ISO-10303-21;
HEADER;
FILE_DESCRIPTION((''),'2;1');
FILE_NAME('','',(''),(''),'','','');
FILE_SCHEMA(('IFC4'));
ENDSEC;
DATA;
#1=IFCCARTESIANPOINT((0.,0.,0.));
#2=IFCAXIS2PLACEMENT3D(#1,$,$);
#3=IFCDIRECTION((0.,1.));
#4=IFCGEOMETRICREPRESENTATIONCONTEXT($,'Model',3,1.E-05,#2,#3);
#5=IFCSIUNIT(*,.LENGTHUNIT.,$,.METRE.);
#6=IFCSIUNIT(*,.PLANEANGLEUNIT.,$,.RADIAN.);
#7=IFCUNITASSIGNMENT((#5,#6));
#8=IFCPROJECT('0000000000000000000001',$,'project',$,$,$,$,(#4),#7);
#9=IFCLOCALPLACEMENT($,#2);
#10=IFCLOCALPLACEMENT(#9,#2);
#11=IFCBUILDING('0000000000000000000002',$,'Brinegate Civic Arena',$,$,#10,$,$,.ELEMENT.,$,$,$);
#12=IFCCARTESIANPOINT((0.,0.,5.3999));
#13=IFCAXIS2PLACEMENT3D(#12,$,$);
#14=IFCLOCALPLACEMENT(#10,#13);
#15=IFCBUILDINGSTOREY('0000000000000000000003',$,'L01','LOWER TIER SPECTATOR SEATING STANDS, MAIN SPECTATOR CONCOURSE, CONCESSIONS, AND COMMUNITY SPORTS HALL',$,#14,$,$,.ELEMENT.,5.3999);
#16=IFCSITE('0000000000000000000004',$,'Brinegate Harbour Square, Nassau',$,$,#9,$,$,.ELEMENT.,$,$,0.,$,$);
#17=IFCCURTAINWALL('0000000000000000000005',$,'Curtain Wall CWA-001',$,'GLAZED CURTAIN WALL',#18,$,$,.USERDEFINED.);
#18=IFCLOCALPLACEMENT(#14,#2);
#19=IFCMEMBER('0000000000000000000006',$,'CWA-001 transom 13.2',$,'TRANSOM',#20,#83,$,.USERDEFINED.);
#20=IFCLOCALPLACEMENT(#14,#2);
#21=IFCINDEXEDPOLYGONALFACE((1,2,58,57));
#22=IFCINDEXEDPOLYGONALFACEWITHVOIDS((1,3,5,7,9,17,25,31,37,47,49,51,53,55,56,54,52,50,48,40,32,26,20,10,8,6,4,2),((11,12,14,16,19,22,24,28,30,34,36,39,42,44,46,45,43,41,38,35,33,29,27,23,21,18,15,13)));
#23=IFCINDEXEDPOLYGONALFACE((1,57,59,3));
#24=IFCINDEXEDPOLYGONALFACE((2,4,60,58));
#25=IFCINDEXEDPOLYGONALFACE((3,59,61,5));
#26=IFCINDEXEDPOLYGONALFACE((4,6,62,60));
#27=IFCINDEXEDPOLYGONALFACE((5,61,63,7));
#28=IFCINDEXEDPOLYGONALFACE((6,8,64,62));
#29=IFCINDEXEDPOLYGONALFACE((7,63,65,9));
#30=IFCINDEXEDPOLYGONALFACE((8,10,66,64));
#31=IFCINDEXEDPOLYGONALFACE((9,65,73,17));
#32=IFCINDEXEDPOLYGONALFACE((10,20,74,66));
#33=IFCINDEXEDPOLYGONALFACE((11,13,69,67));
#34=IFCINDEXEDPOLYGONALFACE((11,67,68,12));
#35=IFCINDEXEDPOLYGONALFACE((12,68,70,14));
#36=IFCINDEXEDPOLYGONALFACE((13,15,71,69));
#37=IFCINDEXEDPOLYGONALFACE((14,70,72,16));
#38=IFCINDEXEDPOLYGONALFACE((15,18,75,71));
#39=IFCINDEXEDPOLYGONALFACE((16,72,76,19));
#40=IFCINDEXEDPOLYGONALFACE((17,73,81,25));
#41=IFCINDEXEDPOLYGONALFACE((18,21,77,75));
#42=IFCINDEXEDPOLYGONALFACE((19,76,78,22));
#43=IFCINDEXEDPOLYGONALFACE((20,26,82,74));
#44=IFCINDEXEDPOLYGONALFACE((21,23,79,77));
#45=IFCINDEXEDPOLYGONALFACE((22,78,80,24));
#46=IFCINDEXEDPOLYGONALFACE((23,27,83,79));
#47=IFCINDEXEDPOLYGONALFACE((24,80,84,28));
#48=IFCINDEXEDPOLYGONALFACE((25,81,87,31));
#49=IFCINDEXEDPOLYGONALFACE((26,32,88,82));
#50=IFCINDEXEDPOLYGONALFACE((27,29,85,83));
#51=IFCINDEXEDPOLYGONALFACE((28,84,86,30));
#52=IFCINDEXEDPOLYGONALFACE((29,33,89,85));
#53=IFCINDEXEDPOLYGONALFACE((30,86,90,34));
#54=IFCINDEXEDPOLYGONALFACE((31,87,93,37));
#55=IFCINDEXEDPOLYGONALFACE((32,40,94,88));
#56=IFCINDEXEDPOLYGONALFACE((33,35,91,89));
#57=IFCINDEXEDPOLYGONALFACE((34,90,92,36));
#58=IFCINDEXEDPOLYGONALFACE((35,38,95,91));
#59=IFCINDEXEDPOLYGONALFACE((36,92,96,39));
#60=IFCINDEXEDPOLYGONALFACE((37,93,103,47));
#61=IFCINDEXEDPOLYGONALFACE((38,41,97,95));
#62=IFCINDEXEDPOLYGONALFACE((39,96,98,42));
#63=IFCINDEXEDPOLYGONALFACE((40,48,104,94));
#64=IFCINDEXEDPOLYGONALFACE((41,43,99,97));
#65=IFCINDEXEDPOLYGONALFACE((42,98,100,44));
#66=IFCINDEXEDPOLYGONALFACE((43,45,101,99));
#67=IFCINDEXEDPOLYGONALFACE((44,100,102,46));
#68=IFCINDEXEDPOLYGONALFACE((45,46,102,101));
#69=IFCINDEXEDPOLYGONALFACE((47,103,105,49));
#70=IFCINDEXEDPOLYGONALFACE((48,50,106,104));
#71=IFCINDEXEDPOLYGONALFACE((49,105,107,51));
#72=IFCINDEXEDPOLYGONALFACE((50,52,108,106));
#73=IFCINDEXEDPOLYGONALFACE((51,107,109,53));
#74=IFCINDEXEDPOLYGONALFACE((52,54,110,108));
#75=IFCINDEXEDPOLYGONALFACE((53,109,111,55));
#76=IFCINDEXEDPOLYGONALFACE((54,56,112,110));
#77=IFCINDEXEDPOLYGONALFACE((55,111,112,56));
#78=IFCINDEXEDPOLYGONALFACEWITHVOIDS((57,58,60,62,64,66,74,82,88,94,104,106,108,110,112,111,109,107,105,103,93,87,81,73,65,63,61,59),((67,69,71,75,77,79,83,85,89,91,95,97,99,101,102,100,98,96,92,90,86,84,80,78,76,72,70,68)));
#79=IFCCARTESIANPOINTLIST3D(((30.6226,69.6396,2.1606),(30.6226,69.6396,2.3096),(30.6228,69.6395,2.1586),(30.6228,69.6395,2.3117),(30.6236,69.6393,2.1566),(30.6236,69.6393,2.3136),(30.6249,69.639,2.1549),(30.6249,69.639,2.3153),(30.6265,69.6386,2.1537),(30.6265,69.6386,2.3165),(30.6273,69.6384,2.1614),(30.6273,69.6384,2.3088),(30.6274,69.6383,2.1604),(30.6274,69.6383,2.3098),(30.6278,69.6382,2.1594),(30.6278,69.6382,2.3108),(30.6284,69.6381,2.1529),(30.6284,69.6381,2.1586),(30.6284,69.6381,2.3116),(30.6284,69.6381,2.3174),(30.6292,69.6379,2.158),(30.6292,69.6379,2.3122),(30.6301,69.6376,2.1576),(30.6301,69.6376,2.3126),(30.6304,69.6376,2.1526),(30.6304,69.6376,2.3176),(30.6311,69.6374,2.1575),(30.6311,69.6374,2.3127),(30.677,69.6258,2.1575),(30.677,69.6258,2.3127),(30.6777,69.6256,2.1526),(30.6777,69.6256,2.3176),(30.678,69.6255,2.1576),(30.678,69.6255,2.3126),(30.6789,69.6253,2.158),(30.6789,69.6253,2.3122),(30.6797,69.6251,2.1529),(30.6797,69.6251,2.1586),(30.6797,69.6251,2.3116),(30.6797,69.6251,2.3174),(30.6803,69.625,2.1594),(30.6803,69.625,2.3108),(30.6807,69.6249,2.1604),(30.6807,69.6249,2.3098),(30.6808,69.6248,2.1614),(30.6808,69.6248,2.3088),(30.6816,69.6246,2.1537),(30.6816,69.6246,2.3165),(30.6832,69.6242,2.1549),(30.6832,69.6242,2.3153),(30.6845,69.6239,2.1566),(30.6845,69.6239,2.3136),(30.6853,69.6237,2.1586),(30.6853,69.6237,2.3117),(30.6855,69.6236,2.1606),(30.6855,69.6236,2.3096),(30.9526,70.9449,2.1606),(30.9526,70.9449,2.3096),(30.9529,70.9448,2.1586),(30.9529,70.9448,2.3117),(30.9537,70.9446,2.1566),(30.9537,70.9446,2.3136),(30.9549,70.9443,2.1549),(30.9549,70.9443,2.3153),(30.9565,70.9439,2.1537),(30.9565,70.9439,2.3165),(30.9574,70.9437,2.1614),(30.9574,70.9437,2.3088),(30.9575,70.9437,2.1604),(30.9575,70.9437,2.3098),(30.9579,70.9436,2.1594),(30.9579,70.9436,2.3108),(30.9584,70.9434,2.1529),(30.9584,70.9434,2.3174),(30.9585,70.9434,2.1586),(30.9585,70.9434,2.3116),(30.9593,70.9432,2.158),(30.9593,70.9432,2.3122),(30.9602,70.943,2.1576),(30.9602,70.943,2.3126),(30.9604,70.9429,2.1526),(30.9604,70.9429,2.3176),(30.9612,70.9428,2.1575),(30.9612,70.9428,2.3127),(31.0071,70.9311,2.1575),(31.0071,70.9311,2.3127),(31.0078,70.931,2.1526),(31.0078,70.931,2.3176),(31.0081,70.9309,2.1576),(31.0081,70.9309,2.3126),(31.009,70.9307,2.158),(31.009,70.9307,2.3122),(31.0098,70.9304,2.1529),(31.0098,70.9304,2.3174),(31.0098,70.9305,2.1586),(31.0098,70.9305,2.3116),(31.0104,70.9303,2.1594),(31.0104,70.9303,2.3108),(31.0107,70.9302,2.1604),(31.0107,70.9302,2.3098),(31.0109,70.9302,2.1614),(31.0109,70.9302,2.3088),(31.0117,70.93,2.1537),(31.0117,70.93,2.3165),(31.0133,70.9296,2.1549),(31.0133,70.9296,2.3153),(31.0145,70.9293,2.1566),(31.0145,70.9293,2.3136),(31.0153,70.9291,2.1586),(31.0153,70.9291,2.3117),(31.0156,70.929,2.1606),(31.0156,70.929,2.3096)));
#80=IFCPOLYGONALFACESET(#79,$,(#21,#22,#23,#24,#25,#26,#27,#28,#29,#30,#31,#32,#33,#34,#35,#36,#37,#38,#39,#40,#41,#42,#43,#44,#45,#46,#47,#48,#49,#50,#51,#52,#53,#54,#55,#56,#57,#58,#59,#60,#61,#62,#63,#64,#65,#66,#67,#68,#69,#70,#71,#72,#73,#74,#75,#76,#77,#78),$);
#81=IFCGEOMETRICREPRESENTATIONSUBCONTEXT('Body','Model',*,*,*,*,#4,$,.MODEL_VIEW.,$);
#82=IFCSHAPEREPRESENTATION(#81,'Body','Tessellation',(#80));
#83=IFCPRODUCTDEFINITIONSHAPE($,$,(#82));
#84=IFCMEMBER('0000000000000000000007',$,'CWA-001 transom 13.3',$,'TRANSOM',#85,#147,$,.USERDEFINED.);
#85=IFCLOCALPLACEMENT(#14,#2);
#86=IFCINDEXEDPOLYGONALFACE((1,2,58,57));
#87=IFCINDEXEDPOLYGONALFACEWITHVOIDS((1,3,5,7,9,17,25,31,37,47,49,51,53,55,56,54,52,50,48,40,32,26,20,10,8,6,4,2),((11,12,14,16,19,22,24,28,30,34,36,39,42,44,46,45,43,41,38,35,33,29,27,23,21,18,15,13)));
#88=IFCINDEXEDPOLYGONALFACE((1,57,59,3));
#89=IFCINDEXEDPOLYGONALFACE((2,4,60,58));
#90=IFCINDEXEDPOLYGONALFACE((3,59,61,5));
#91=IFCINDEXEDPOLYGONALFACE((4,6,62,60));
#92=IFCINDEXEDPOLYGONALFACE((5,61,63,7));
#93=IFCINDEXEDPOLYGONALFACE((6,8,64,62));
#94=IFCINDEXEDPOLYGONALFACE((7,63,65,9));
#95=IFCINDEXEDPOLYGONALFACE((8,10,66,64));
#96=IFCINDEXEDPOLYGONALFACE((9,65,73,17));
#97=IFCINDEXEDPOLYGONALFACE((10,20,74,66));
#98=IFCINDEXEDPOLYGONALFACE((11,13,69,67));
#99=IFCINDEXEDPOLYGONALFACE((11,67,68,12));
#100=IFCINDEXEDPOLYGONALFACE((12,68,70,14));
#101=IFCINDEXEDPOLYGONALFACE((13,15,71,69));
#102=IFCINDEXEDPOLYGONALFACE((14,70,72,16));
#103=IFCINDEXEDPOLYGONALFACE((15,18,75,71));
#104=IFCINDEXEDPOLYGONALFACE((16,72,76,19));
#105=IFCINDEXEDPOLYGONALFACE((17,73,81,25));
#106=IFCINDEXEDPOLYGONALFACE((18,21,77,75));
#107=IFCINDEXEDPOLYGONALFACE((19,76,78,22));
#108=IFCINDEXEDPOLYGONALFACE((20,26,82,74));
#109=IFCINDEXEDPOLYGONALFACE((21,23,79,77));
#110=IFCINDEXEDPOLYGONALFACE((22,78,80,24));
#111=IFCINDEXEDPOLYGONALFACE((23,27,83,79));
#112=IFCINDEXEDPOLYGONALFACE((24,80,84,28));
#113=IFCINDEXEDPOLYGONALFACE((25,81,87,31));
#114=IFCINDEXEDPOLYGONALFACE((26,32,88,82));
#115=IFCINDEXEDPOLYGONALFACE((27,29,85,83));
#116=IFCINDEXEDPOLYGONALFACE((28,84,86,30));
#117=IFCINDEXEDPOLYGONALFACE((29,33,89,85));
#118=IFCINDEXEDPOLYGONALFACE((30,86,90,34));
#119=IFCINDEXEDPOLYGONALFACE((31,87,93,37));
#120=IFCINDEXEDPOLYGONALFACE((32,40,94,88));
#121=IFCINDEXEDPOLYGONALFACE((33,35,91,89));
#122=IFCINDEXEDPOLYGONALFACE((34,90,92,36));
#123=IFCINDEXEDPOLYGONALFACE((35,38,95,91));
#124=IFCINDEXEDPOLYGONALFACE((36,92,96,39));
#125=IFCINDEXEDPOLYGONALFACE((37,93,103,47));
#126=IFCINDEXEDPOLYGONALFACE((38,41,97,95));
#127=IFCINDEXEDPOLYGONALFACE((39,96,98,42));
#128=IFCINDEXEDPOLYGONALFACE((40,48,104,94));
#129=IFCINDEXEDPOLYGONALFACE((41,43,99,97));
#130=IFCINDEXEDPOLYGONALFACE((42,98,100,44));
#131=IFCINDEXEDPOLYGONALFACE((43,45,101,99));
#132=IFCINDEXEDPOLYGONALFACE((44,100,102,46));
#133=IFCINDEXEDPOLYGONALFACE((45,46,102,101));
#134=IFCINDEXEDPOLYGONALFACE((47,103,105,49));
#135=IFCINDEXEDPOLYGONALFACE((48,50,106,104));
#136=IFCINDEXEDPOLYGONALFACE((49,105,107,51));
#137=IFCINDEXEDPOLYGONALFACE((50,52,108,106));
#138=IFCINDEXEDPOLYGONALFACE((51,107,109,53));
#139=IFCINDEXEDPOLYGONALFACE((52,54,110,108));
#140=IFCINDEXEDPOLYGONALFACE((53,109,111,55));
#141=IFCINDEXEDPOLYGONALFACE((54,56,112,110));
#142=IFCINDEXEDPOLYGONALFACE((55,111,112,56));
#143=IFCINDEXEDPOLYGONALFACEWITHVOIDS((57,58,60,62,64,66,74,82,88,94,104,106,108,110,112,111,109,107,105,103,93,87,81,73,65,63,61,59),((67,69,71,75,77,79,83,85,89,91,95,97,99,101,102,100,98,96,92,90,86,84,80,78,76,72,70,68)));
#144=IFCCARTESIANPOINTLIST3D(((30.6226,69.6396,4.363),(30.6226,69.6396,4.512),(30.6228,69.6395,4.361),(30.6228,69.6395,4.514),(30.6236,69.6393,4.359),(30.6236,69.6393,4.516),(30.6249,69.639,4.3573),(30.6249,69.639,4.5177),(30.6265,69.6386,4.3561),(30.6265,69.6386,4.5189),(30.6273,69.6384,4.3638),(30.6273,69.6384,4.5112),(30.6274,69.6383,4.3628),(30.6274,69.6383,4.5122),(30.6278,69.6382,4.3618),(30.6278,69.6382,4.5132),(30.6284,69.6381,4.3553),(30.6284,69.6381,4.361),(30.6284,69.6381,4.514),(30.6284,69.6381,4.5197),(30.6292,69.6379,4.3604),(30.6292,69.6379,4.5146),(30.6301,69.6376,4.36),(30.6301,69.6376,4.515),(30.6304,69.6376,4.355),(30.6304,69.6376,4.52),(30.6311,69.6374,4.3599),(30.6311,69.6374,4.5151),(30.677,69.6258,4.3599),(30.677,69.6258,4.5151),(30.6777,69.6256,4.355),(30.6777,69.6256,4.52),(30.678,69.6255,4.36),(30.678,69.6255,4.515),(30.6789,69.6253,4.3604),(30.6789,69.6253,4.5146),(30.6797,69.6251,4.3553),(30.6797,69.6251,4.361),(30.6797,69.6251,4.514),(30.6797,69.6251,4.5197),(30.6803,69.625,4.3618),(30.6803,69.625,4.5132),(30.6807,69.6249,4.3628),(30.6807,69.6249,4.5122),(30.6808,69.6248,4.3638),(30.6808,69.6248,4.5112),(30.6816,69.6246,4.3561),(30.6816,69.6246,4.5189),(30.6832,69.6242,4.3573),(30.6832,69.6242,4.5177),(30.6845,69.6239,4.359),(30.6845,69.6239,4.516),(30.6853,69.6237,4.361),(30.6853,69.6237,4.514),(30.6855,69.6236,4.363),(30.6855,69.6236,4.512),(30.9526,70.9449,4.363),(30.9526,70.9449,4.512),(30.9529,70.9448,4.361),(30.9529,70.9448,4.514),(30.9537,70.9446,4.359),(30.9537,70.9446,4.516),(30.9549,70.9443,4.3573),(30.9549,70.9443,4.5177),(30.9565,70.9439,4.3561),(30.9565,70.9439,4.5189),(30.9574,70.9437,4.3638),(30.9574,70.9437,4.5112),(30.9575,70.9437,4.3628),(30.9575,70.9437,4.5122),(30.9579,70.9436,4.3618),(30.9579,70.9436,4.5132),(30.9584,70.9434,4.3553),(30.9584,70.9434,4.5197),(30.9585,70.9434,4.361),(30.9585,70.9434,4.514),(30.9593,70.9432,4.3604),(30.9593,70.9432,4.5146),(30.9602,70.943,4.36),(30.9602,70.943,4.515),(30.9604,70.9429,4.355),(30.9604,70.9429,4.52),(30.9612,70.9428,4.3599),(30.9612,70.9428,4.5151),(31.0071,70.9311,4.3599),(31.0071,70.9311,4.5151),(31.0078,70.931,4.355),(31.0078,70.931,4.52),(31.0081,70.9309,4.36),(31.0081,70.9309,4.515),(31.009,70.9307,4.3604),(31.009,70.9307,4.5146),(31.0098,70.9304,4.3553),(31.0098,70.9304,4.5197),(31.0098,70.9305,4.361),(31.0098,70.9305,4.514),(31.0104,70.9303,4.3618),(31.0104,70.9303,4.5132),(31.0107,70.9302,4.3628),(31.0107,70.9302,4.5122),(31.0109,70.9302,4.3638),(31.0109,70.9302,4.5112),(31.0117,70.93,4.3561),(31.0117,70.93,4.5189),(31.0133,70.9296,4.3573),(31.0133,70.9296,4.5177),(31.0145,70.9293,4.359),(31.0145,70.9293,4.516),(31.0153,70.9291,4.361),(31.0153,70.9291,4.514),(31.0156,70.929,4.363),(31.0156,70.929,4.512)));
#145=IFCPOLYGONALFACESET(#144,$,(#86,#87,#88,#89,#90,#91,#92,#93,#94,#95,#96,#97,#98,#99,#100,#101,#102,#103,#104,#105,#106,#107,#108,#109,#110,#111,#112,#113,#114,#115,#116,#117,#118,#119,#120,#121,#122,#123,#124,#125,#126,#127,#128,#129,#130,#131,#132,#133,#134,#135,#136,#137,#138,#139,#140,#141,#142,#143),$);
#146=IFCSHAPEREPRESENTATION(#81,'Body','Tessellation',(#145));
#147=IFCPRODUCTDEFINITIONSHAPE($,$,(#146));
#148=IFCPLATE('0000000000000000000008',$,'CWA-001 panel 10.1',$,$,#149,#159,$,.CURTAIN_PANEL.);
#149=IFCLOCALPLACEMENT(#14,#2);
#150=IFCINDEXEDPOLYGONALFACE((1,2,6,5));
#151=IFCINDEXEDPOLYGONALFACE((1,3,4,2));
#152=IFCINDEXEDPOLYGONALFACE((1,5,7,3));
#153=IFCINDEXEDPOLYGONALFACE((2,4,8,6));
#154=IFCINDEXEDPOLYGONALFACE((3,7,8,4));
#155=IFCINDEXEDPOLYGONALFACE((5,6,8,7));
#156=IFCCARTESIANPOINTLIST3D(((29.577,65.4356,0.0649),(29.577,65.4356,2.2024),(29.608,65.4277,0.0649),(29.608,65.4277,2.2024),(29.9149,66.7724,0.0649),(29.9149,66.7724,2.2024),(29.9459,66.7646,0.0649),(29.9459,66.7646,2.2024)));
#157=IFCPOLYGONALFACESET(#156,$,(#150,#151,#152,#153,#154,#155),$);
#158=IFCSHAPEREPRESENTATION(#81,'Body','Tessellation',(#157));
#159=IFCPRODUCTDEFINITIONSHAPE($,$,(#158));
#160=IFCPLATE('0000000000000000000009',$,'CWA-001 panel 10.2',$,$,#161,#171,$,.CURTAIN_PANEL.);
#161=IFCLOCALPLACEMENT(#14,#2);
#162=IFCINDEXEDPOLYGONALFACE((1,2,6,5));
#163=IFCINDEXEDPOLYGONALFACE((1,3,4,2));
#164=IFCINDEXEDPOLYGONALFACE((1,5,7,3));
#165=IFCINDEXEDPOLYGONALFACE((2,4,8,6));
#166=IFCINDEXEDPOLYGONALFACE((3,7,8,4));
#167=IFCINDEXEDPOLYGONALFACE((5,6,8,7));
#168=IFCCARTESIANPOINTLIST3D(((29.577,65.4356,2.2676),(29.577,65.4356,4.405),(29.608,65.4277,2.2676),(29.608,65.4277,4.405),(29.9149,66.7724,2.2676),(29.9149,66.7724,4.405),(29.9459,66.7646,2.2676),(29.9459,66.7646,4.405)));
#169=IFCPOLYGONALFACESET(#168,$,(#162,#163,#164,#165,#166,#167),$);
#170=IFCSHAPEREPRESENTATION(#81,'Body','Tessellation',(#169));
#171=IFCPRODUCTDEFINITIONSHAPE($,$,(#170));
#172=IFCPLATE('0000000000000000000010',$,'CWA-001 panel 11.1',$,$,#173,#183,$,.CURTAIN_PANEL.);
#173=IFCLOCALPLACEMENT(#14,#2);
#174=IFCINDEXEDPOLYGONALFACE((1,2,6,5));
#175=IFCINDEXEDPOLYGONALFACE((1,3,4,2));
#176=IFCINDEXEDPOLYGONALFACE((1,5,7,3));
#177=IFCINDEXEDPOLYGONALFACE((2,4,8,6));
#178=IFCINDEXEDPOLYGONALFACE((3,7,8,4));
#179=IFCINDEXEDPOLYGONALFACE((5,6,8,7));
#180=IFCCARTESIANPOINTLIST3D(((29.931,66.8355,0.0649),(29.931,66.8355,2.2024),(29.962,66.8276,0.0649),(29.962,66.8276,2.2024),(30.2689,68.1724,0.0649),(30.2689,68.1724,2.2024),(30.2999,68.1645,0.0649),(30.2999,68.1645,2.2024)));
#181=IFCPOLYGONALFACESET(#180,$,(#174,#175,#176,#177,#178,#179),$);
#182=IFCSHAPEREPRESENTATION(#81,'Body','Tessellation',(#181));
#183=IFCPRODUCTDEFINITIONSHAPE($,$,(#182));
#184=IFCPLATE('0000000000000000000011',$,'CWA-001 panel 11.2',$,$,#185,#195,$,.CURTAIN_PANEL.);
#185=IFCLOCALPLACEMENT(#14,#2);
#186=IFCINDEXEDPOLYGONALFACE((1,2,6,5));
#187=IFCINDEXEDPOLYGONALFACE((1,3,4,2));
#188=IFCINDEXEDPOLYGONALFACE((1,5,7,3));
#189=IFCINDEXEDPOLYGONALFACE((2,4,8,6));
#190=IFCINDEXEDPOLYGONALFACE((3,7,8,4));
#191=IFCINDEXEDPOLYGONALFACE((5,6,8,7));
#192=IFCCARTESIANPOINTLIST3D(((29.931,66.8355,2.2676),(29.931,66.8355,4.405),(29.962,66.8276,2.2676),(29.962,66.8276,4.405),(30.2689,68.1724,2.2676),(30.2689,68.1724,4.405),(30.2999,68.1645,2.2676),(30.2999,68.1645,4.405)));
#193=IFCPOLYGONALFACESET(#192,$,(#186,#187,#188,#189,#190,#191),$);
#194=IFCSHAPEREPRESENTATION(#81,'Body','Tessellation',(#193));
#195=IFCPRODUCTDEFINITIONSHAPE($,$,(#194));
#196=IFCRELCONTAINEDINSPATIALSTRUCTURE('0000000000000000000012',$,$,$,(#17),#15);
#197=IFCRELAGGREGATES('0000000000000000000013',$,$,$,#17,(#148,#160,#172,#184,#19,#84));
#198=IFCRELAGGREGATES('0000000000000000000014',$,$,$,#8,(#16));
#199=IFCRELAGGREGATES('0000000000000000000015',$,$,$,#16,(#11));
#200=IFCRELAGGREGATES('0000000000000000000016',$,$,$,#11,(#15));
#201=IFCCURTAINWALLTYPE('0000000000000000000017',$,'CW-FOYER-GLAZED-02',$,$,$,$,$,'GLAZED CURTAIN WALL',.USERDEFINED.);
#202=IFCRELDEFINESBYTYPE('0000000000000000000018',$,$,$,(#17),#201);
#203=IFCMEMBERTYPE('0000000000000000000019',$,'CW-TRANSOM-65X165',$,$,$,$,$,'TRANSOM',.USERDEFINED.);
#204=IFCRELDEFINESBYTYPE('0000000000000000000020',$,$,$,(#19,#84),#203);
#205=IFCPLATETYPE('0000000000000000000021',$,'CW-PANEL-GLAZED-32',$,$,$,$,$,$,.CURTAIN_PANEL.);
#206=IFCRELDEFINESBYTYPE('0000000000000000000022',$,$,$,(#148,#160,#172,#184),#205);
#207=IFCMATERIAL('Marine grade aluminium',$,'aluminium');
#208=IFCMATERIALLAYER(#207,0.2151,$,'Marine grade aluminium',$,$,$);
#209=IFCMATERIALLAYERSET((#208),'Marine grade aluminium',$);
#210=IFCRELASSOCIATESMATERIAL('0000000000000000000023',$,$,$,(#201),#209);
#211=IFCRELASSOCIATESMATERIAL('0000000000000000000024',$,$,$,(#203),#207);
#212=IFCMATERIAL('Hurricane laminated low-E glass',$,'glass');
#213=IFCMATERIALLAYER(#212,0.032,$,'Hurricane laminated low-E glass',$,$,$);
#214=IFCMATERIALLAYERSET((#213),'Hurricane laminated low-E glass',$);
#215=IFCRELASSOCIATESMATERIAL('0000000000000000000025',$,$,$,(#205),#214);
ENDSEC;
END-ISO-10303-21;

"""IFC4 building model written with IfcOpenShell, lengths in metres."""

from ifc_helpers import new_model, si_unit, direction, frame, origin, origin_2d, place, context, subcontext, project, spatial, rectangle, hollow_rectangle, extrude, material, layer, layer_set, material_profile, profile_set, type_object, element, aggregate, save


model = new_model("IFC4")

# Units and contexts
model_context = context("Model", 3, precision=1e-05, world=origin(), true_north=direction((0.0, 1.0)))
body_context = subcontext(model_context, "Body", "Model", "MODEL_VIEW")
ifc_project = project(units=[si_unit("LENGTHUNIT", "METRE"), si_unit("PLANEANGLEUNIT", "RADIAN")], contexts=[model_context])

# Site, building, storey
site_placement = place(None, origin())
site = spatial("IfcSite", under=ifc_project, at=site_placement, Name="Brinegate Harbour Square, Nassau", CompositionType="ELEMENT", RefElevation=0.0)
building_placement = place(site_placement, origin())
building = spatial("IfcBuilding", under=site, at=building_placement, Name="Brinegate Civic Arena", CompositionType="ELEMENT")
storey_placement = place(building_placement, frame((0.0, 0.0, 5.3999)))
storey = spatial("IfcBuildingStorey", under=building, at=storey_placement, Name="L01", Description="LOWER TIER SPECTATOR SEATING STANDS, MAIN SPECTATOR CONCOURSE, CONCESSIONS, AND COMMUNITY SPORTS HALL", CompositionType="ELEMENT", Elevation=5.3999)

# Curtain wall, members, plates
ifc_material_1 = material(Name="Marine grade aluminium", Category="aluminium")
ifc_layer_1 = layer(ifc_material_1, 0.2151, Name="Marine grade aluminium")
ifc_layer_set_1 = layer_set([ifc_layer_1], Name="Marine grade aluminium")
curtain_wall_type = type_object("IfcCurtainWallType", Name="CW-FOYER-GLAZED-02", ElementType="GLAZED CURTAIN WALL", PredefinedType="USERDEFINED", material=ifc_layer_set_1)
curtain_wall_placement = place(storey_placement, origin())
curtain_wall = element("IfcCurtainWall", 1, at=curtain_wall_placement, inside=storey, type_object=curtain_wall_type, Name="Curtain Wall CWA-001", ObjectType="GLAZED CURTAIN WALL", PredefinedType="USERDEFINED")
ifc_material_profile_1 = material_profile(ifc_material_1, hollow_rectangle(XDim=0.0649, YDim=0.165, WallThickness=0.0049, InnerFilletRadius=0.0039, OuterFilletRadius=0.0081, at=origin_2d()), Name="TRN65X165")
ifc_profile_set_1 = profile_set([ifc_material_profile_1], Name="Marine grade aluminium")
member_type_1 = type_object("IfcMemberType", Name="CW-TRANSOM-65X165", ElementType="TRANSOM", PredefinedType="USERDEFINED", material=ifc_profile_set_1)
member_1_placement = place(storey_placement, frame((30.6541, 69.6316, 2.2351), z_axis=(0.245137, 0.969488, 0.0), x_axis=(-0.969488, 0.245137, 0.0)))
member_1 = element("IfcMember", 2, at=member_1_placement, type_object=member_type_1, Name="CWA-001 transom 13.2", ObjectType="TRANSOM", PredefinedType="USERDEFINED", context=body_context, shape_type="SweptSolid", body=[
    extrude(hollow_rectangle(XDim=0.0649, YDim=0.165, WallThickness=0.0049, InnerFilletRadius=0.0039, OuterFilletRadius=0.0081, at=origin_2d()), origin(), (0.0, 0.0, 1.0), 1.3464),
])
member_2_placement = place(storey_placement, frame((30.6541, 69.6316, 4.4375), z_axis=(0.245137, 0.969488, 0.0), x_axis=(-0.969488, 0.245137, 0.0)))
member_2 = element("IfcMember", 3, at=member_2_placement, type_object=member_type_1, Name="CWA-001 transom 13.3", ObjectType="TRANSOM", PredefinedType="USERDEFINED", context=body_context, shape_type="SweptSolid", body=[
    extrude(hollow_rectangle(XDim=0.0649, YDim=0.165, WallThickness=0.0049, InnerFilletRadius=0.0039, OuterFilletRadius=0.0081, at=origin_2d()), origin(), (0.0, 0.0, 1.0), 1.3464),
])
ifc_material_2 = material(Name="Hurricane laminated low-E glass", Category="glass")
ifc_layer_2 = layer(ifc_material_2, 0.032, Name="Hurricane laminated low-E glass")
ifc_layer_set_2 = layer_set([ifc_layer_2], Name="Hurricane laminated low-E glass")
plate_type = type_object("IfcPlateType", Name="CW-PANEL-GLAZED-32", PredefinedType="CURTAIN_PANEL", material=ifc_layer_set_2)
plate_1_placement = place(storey_placement, frame((29.7615, 66.1001, 0.0649), z_axis=(0.0, 0.0, 1.0), x_axis=(0.245042, 0.969513, 0.0)))
plate_1 = element("IfcPlate", 4, at=plate_1_placement, type_object=plate_type, Name="CWA-001 panel 10.1", PredefinedType="CURTAIN_PANEL", context=body_context, shape_type="SweptSolid", body=[
    extrude(rectangle(XDim=1.3789, YDim=0.032, at=origin_2d()), origin(), (0.0, 0.0, 1.0), 2.1375),
])
plate_2_placement = place(storey_placement, frame((29.7615, 66.1001, 2.2676), z_axis=(0.0, 0.0, 1.0), x_axis=(0.245042, 0.969513, 0.0)))
plate_2 = element("IfcPlate", 5, at=plate_2_placement, type_object=plate_type, Name="CWA-001 panel 10.2", PredefinedType="CURTAIN_PANEL", context=body_context, shape_type="SweptSolid", body=[
    extrude(rectangle(XDim=1.3789, YDim=0.032, at=origin_2d()), origin(), (0.0, 0.0, 1.0), 2.1375),
])
plate_3_placement = place(storey_placement, frame((30.1155, 67.5, 0.0649), z_axis=(0.0, 0.0, 1.0), x_axis=(0.245042, 0.969513, 0.0)))
plate_3 = element("IfcPlate", 6, at=plate_3_placement, type_object=plate_type, Name="CWA-001 panel 11.1", PredefinedType="CURTAIN_PANEL", context=body_context, shape_type="SweptSolid", body=[
    extrude(rectangle(XDim=1.3789, YDim=0.032, at=origin_2d()), origin(), (0.0, 0.0, 1.0), 2.1375),
])
plate_4_placement = place(storey_placement, frame((30.1155, 67.5, 2.2676), z_axis=(0.0, 0.0, 1.0), x_axis=(0.245042, 0.969513, 0.0)))
plate_4 = element("IfcPlate", 7, at=plate_4_placement, type_object=plate_type, Name="CWA-001 panel 11.2", PredefinedType="CURTAIN_PANEL", context=body_context, shape_type="SweptSolid", body=[
    extrude(rectangle(XDim=1.3789, YDim=0.032, at=origin_2d()), origin(), (0.0, 0.0, 1.0), 2.1375),
])
aggregate(curtain_wall, [plate_1, plate_2, plate_3, plate_4, member_1, member_2])

save(model, "model.ifc")
